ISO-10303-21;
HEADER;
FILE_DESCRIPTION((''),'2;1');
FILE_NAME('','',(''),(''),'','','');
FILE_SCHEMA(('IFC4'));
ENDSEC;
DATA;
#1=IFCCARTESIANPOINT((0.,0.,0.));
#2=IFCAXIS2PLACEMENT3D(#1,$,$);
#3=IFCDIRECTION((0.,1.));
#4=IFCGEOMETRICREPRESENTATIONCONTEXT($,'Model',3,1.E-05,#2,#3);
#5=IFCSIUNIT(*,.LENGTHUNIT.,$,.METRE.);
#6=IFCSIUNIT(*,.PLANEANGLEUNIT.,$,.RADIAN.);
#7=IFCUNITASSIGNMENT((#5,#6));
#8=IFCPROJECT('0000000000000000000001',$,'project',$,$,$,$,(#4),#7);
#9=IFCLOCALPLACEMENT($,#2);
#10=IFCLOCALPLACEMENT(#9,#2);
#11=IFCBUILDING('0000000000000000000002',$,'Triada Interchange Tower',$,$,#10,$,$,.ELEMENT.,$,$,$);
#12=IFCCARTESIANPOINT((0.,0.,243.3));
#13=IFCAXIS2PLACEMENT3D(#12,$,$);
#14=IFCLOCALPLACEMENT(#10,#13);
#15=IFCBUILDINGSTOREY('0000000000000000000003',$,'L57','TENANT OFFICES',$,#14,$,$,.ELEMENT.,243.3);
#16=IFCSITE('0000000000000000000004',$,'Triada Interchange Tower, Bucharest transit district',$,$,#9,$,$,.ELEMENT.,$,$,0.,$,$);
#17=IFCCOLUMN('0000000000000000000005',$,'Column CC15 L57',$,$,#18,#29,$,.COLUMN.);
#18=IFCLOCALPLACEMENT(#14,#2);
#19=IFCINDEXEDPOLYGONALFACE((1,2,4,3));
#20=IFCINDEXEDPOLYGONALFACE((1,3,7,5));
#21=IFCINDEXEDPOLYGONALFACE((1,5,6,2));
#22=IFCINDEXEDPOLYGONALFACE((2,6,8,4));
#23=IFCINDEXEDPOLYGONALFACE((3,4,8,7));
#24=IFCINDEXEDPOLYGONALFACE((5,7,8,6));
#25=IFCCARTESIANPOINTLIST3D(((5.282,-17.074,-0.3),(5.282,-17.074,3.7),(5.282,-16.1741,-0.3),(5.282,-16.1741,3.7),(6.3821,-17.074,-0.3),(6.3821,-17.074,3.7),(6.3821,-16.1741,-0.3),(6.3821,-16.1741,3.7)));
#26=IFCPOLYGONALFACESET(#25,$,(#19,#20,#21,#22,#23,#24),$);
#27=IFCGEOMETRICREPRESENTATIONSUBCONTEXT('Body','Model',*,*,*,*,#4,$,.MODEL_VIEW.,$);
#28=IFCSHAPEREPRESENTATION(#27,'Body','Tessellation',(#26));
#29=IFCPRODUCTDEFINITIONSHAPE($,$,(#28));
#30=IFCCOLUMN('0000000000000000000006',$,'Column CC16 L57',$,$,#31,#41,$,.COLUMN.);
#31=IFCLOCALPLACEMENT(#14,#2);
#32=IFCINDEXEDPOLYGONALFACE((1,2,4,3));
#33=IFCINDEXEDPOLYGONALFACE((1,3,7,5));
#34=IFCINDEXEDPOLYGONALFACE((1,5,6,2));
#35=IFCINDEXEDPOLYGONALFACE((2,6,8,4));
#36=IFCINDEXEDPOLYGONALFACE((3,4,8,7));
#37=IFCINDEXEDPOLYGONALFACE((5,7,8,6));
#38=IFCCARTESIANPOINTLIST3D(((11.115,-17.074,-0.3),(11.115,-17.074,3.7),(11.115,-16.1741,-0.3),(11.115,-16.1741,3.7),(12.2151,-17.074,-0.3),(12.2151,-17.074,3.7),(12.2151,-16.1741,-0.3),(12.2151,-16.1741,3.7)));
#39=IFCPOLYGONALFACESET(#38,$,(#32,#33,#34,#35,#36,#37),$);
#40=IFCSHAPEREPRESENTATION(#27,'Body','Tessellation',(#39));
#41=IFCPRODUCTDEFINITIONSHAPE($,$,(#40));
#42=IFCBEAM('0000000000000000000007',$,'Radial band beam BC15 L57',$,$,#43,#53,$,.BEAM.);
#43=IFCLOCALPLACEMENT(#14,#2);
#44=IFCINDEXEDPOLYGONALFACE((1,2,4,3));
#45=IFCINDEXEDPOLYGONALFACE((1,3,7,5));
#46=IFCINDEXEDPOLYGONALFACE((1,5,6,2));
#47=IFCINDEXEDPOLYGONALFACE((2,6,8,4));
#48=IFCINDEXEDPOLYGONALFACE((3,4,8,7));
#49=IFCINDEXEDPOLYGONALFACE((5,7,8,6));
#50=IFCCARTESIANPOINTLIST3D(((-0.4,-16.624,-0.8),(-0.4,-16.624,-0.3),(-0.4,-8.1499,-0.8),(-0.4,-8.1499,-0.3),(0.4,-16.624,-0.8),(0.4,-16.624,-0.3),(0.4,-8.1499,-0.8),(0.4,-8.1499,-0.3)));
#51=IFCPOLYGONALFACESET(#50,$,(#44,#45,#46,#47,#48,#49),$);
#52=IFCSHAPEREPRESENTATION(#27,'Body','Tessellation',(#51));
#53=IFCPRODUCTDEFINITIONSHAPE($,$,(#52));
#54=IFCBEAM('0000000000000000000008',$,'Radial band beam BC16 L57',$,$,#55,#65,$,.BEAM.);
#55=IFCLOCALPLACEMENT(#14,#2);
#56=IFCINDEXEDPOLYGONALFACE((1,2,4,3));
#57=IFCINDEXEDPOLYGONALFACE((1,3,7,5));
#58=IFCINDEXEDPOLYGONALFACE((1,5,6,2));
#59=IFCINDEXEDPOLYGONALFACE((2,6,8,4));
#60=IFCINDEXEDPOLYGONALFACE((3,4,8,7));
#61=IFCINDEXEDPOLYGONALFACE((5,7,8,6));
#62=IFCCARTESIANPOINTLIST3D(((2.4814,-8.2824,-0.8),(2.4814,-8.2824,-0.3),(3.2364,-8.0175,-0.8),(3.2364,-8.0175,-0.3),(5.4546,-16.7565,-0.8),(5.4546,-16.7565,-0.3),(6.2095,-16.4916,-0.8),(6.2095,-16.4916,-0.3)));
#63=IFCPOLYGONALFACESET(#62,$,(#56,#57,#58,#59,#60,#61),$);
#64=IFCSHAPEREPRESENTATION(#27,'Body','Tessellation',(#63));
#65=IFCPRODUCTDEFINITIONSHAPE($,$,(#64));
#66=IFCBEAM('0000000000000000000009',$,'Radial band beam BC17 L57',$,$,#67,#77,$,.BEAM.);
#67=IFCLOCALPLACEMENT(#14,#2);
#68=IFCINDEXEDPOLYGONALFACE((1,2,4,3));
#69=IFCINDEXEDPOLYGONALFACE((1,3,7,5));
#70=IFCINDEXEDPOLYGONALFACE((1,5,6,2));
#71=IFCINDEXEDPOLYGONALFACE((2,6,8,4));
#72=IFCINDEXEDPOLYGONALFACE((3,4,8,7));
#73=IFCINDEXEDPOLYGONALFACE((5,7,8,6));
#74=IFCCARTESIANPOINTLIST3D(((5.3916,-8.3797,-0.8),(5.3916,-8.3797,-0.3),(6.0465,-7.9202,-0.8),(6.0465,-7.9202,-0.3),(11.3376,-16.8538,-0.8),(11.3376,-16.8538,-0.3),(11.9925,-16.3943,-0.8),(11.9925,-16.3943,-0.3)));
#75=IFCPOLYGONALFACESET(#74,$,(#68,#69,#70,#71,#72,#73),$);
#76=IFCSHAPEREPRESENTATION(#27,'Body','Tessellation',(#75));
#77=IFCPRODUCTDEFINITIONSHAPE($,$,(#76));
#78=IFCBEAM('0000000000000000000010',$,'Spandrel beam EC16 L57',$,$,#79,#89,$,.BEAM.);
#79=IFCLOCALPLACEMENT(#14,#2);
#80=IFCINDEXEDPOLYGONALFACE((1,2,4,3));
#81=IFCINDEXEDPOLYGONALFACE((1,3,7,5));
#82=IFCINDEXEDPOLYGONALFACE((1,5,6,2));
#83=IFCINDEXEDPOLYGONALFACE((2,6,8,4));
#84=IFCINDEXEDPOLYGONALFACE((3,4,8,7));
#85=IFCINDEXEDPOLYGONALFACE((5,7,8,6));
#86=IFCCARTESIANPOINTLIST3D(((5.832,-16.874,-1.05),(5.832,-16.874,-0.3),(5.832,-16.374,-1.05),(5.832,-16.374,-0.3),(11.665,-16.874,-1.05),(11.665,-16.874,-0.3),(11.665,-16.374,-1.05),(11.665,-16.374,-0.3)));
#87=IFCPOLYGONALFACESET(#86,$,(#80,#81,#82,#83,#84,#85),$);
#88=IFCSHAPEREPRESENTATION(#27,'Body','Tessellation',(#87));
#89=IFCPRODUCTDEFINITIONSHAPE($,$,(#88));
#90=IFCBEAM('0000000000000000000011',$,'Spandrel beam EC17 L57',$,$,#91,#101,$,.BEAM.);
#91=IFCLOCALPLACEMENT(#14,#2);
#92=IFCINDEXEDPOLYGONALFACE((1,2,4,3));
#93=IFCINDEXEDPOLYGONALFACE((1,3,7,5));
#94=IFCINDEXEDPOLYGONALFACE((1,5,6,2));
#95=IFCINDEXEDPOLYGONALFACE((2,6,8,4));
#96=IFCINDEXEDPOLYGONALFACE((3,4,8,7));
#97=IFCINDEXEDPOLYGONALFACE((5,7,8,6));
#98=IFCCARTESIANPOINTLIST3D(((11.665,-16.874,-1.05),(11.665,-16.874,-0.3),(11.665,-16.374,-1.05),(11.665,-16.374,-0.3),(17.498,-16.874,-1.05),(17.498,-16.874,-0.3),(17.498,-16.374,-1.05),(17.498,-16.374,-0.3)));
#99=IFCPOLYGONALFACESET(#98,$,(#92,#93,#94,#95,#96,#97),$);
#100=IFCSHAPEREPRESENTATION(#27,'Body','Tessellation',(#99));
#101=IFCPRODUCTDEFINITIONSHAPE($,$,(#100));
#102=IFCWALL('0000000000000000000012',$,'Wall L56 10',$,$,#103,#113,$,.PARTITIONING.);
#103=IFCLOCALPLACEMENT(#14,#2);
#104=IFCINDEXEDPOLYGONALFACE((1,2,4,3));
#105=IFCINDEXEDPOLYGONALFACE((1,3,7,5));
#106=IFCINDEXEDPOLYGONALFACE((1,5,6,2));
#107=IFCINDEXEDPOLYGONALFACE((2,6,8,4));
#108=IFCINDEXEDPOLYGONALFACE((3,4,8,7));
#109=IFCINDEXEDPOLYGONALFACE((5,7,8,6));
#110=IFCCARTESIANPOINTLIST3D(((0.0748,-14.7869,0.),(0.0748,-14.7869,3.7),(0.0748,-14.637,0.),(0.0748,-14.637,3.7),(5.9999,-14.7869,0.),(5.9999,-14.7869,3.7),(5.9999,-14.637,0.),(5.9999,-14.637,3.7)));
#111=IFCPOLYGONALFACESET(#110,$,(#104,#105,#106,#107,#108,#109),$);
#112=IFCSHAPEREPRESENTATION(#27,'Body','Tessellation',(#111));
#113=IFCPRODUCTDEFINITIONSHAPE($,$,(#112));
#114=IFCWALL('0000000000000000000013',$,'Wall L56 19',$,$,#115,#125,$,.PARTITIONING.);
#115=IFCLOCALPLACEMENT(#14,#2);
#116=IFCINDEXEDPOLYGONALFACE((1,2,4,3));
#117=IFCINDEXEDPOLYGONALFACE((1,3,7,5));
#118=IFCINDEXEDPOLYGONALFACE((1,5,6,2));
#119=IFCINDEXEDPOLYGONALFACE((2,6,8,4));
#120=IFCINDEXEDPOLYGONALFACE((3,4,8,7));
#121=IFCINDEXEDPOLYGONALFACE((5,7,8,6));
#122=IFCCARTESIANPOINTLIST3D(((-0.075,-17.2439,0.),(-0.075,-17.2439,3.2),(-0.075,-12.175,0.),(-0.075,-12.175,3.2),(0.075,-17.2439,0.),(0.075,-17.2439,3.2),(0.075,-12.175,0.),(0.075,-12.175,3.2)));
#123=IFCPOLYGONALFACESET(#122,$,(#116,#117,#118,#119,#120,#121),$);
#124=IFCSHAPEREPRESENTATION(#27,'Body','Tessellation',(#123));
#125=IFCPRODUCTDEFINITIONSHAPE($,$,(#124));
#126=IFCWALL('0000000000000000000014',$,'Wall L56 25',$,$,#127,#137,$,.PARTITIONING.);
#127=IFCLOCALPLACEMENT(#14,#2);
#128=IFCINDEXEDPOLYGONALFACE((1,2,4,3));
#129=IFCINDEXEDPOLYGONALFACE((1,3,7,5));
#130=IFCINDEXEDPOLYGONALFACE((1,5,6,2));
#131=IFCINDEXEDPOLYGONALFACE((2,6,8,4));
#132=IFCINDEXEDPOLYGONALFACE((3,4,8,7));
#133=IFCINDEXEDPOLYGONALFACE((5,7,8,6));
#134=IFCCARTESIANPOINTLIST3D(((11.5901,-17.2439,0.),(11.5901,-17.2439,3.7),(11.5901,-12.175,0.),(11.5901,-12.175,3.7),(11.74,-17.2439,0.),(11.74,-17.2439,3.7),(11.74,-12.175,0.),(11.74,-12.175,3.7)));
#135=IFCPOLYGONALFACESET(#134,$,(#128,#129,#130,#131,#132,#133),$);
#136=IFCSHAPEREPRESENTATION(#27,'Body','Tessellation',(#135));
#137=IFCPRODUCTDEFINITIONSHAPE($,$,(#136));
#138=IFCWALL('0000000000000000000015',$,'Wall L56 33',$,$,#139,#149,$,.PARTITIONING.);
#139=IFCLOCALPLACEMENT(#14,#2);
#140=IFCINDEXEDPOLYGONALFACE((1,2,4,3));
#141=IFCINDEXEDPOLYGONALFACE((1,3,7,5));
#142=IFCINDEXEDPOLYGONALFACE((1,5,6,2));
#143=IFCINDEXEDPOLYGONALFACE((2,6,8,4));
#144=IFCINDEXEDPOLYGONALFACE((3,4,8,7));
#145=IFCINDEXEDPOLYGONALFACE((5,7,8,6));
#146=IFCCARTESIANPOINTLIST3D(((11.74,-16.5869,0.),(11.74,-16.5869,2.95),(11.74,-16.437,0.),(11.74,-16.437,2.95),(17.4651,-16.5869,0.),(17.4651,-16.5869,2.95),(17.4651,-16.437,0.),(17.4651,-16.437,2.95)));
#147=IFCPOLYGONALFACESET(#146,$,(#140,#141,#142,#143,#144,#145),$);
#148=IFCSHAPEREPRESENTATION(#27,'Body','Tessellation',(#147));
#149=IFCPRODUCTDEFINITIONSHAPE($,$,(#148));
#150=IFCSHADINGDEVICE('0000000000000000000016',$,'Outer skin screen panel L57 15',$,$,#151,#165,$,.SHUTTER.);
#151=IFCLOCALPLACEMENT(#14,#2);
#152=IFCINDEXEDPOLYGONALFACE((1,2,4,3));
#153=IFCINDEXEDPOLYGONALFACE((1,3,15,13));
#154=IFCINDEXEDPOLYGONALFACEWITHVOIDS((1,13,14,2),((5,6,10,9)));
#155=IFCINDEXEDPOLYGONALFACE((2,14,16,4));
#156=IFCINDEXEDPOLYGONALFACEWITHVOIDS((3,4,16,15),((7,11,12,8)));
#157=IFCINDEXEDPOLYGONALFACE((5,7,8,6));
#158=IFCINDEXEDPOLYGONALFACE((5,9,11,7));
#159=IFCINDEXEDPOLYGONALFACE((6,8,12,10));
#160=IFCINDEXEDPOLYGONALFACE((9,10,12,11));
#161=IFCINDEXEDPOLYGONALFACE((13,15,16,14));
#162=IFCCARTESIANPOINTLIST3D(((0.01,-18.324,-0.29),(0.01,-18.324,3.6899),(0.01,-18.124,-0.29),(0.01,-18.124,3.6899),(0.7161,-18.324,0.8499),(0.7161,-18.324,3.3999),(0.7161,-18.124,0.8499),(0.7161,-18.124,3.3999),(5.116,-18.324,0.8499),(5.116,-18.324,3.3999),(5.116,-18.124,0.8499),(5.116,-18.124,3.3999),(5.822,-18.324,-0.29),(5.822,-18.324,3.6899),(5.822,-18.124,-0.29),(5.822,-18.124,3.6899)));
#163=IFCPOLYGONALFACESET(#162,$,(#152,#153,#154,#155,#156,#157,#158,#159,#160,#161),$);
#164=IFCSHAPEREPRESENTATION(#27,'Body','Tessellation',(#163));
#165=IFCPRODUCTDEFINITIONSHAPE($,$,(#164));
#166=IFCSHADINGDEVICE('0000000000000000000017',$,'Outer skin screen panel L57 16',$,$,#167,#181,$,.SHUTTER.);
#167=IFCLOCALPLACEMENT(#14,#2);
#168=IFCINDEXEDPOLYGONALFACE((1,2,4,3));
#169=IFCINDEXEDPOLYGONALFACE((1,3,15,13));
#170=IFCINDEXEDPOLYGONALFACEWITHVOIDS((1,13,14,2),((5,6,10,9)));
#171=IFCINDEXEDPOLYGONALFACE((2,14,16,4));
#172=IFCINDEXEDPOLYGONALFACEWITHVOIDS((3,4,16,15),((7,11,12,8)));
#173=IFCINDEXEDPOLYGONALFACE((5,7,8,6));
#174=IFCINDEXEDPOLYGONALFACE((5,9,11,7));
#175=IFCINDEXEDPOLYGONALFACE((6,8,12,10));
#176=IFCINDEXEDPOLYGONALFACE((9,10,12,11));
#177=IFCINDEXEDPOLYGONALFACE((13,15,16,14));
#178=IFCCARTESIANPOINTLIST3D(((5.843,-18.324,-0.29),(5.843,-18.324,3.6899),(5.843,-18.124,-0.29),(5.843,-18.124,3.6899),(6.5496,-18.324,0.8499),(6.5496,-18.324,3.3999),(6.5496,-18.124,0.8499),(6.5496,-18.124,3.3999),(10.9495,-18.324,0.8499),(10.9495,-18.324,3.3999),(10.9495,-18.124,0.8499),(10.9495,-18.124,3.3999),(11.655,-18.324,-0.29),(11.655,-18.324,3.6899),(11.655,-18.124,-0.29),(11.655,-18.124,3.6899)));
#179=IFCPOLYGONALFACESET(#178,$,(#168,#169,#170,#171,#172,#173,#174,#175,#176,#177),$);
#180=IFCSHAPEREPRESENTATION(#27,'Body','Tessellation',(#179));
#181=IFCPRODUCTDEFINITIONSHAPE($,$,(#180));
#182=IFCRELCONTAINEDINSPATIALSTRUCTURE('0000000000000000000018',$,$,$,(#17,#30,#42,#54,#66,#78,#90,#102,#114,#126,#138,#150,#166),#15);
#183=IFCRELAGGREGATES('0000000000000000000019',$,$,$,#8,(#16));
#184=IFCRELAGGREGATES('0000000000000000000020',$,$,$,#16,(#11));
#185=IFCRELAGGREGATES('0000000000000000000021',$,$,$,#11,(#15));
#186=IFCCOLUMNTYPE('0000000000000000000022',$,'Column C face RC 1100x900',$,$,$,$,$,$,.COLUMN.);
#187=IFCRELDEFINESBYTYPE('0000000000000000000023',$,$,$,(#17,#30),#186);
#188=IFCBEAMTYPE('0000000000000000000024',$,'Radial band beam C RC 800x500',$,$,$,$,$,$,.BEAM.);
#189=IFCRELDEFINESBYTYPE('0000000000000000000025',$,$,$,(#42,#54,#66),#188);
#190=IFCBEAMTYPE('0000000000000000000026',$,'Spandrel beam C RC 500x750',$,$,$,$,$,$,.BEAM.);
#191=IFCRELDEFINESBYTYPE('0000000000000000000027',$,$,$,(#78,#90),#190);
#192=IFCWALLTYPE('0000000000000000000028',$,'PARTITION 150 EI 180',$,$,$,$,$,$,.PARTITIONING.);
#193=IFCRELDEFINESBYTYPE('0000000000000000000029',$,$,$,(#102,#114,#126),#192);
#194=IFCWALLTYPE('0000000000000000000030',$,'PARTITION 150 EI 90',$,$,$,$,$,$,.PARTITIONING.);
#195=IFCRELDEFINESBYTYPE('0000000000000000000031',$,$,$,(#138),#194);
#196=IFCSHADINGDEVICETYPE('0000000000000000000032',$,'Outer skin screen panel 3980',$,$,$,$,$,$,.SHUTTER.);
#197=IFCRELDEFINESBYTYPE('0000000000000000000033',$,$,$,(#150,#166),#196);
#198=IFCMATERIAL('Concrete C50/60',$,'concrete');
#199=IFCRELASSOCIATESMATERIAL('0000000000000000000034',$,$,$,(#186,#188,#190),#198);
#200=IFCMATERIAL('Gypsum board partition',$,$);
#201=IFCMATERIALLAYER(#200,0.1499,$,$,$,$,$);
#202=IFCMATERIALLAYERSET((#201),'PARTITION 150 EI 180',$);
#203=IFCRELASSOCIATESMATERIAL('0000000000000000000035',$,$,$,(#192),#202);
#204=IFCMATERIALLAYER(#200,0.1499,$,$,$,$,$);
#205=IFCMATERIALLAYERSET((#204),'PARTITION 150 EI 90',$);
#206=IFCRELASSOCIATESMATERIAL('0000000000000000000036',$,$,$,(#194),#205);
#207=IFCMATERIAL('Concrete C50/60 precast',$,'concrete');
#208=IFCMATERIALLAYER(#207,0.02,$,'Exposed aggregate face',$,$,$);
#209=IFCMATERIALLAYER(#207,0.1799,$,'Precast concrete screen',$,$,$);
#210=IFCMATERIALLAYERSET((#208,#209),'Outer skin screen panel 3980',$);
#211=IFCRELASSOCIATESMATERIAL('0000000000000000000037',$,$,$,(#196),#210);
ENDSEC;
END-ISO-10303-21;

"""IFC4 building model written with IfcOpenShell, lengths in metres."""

from ifc_helpers import new_model, si_unit, direction, frame, frame_2d, origin, origin_2d, place, context, subcontext, project, spatial, polyline, rectangle, outline, extrude, material, layer, layer_set, material_profile, profile_set, type_object, element, save


model = new_model("IFC4")

# Units and contexts
model_context = context("Model", 3, precision=1e-05, world=origin(), true_north=direction((0.0, 1.0)))
body_context = subcontext(model_context, "Body", "Model", "MODEL_VIEW")
ifc_project = project(units=[si_unit("LENGTHUNIT", "METRE"), si_unit("PLANEANGLEUNIT", "RADIAN")], contexts=[model_context])

# Site, building, storey
site_placement = place(None, origin())
site = spatial("IfcSite", under=ifc_project, at=site_placement, Name="Triada Interchange Tower, Bucharest transit district", CompositionType="ELEMENT", RefElevation=0.0)
building_placement = place(site_placement, origin())
building = spatial("IfcBuilding", under=site, at=building_placement, Name="Triada Interchange Tower", CompositionType="ELEMENT")
storey_placement = place(building_placement, frame((0.0, 0.0, 243.3)))
storey = spatial("IfcBuildingStorey", under=building, at=storey_placement, Name="L57", Description="TENANT OFFICES", CompositionType="ELEMENT", Elevation=243.3)

# Columns
ifc_material_1 = material(Name="Concrete C50/60", Category="concrete")
ifc_material_profile_1 = material_profile(ifc_material_1, rectangle(XDim=1.1001, YDim=0.8999, at=origin_2d()), Name="RC 1100x900")
ifc_profile_set_1 = profile_set([ifc_material_profile_1], Name="Concrete C50/60")
column_type = type_object("IfcColumnType", Name="Column C face RC 1100x900", PredefinedType="COLUMN", material=ifc_profile_set_1)
for number, where, z_axis, x_axis, name in (
    (1, (5.832, -16.624, -0.3), (0.0, 0.0, 1.0), (1.0, 0.0, 0.0), "Column CC15 L57"),
    (2, (11.665, -16.624, -0.3), (0.0, 0.0, 1.0), (1.0, 0.0, 0.0), "Column CC16 L57"),
):
    element("IfcColumn", number, at=place(storey_placement, frame(where, z_axis=z_axis, x_axis=x_axis)), inside=storey, type_object=column_type, Name=name, PredefinedType="COLUMN", context=body_context, shape_type="SweptSolid", body=[
        extrude(rectangle(XDim=1.1001, YDim=0.8999, at=origin_2d()), origin(), (0.0, 0.0, 1.0), 4.0),
    ])

# Beams
ifc_material_profile_2 = material_profile(ifc_material_1, rectangle(XDim=0.8, YDim=0.5, at=origin_2d()), Name="RC 800x500")
ifc_profile_set_2 = profile_set([ifc_material_profile_2], Name="Concrete C50/60")
beam_type_1 = type_object("IfcBeamType", Name="Radial band beam C RC 800x500", PredefinedType="BEAM", material=ifc_profile_set_2)
beam_1_placement = place(storey_placement, frame((0.0, -16.624, -0.55), z_axis=(0.0, 1.0, 0.0), x_axis=(-1.0, 0.0, 0.0)))
element("IfcBeam", 3, at=beam_1_placement, inside=storey, type_object=beam_type_1, Name="Radial band beam BC15 L57", PredefinedType="BEAM", context=body_context, shape_type="SweptSolid", body=[
    extrude(rectangle(XDim=0.8, YDim=0.5, at=origin_2d()), origin(), (0.0, 0.0, 1.0), 8.4741),
])
beam_2_placement = place(storey_placement, frame((5.832, -16.624, -0.55), z_axis=(-0.331065, 0.943608, 0.0), x_axis=(-0.943608, -0.331065, 0.0)))
element("IfcBeam", 4, at=beam_2_placement, inside=storey, type_object=beam_type_1, Name="Radial band beam BC16 L57", PredefinedType="BEAM", context=body_context, shape_type="SweptSolid", body=[
    extrude(rectangle(XDim=0.8, YDim=0.5, at=origin_2d()), origin(), (0.0, 0.0, 1.0), 8.9805),
])
beam_3_placement = place(storey_placement, frame((11.665, -16.624, -0.55), z_axis=(-0.57438, 0.818589, 0.0), x_axis=(-0.818589, -0.57438, 0.0)))
element("IfcBeam", 5, at=beam_3_placement, inside=storey, type_object=beam_type_1, Name="Radial band beam BC17 L57", PredefinedType="BEAM", context=body_context, shape_type="SweptSolid", body=[
    extrude(rectangle(XDim=0.8, YDim=0.5, at=origin_2d()), origin(), (0.0, 0.0, 1.0), 10.3521),
])
ifc_material_profile_3 = material_profile(ifc_material_1, rectangle(XDim=0.5, YDim=0.75, at=origin_2d()), Name="RC 500x750")
ifc_profile_set_3 = profile_set([ifc_material_profile_3], Name="Concrete C50/60")
beam_type_2 = type_object("IfcBeamType", Name="Spandrel beam C RC 500x750", PredefinedType="BEAM", material=ifc_profile_set_3)
for number, where, z_axis, x_axis, name in (
    (6, (5.832, -16.624, -0.675), (1.0, 0.0, 0.0), (0.0, 1.0, 0.0), "Spandrel beam EC16 L57"),
    (7, (11.665, -16.624, -0.675), (1.0, 0.0, 0.0), (0.0, 1.0, 0.0), "Spandrel beam EC17 L57"),
):
    element("IfcBeam", number, at=place(storey_placement, frame(where, z_axis=z_axis, x_axis=x_axis)), inside=storey, type_object=beam_type_2, Name=name, PredefinedType="BEAM", context=body_context, shape_type="SweptSolid", body=[
        extrude(rectangle(XDim=0.5, YDim=0.75, at=origin_2d()), origin(), (0.0, 0.0, 1.0), 5.833),
    ])

# Walls
ifc_material_2 = material(Name="Gypsum board partition")
ifc_layer_1 = layer(ifc_material_2, 0.1499)
ifc_layer_set_1 = layer_set([ifc_layer_1], Name="PARTITION 150 EI 180")
wall_type_1 = type_object("IfcWallType", Name="PARTITION 150 EI 180", PredefinedType="PARTITIONING", material=ifc_layer_set_1)
wall_1_placement = place(storey_placement, frame((0.075, -14.7119, 0.0), z_axis=(0.0, 0.0, 1.0), x_axis=(1.0, 0.0, 0.0)))
element("IfcWall", 8, at=wall_1_placement, inside=storey, type_object=wall_type_1, Name="Wall L56 10", PredefinedType="PARTITIONING", context=body_context, shape_type="SweptSolid", body=[
    extrude(rectangle(XDim=5.925, YDim=0.1499, at=frame_2d((2.9624, 0.0))), origin(), (0.0, 0.0, 1.0), 3.7),
])
wall_2_placement = place(storey_placement, frame((0.0, -17.2439, 0.0), z_axis=(0.0, 0.0, 1.0), x_axis=(0.0, 1.0, 0.0)))
element("IfcWall", 9, at=wall_2_placement, inside=storey, type_object=wall_type_1, Name="Wall L56 19", PredefinedType="PARTITIONING", context=body_context, shape_type="SweptSolid", body=[
    extrude(rectangle(XDim=5.0688, YDim=0.1499, at=frame_2d((2.5344, 0.0))), origin(), (0.0, 0.0, 1.0), 3.2),
])
wall_3_placement = place(storey_placement, frame((11.665, -17.2439, 0.0), z_axis=(0.0, 0.0, 1.0), x_axis=(0.0, 1.0, 0.0)))
element("IfcWall", 10, at=wall_3_placement, inside=storey, type_object=wall_type_1, Name="Wall L56 25", PredefinedType="PARTITIONING", context=body_context, shape_type="SweptSolid", body=[
    extrude(rectangle(XDim=5.0688, YDim=0.1499, at=frame_2d((2.5344, 0.0))), origin(), (0.0, 0.0, 1.0), 3.7),
])
ifc_layer_2 = layer(ifc_material_2, 0.1499)
ifc_layer_set_2 = layer_set([ifc_layer_2], Name="PARTITION 150 EI 90")
wall_type_2 = type_object("IfcWallType", Name="PARTITION 150 EI 90", PredefinedType="PARTITIONING", material=ifc_layer_set_2)
wall_4_placement = place(storey_placement, frame((11.74, -16.512, 0.0), z_axis=(0.0, 0.0, 1.0), x_axis=(1.0, 0.0, 0.0)))
element("IfcWall", 11, at=wall_4_placement, inside=storey, type_object=wall_type_2, Name="Wall L56 33", PredefinedType="PARTITIONING", context=body_context, shape_type="SweptSolid", body=[
    extrude(rectangle(XDim=5.7251, YDim=0.1499, at=frame_2d((2.8625, 0.0))), origin(), (0.0, 0.0, 1.0), 2.95),
])

# Shading devices
ifc_material_3 = material(Name="Concrete C50/60 precast", Category="concrete")
ifc_layer_3 = layer(ifc_material_3, 0.02, Name="Exposed aggregate face")
ifc_layer_4 = layer(ifc_material_3, 0.1799, Name="Precast concrete screen")
ifc_layer_set_3 = layer_set([ifc_layer_3, ifc_layer_4], Name="Outer skin screen panel 3980")
shading_device_type = type_object("IfcShadingDeviceType", Name="Outer skin screen panel 3980", PredefinedType="SHUTTER", material=ifc_layer_set_3)
shading_device_1_placement = place(storey_placement, frame((0.01, -18.124, -0.29), z_axis=(0.0, 0.0, 1.0), x_axis=(1.0, 0.0, 0.0)))
element("IfcShadingDevice", 12, at=shading_device_1_placement, inside=storey, type_object=shading_device_type, Name="Outer skin screen panel L57 15", PredefinedType="SHUTTER", context=body_context, shape_type="SweptSolid", body=[
    extrude(outline(polyline([(0.0, 0.0), (5.812, 0.0), (5.812, 3.98), (0.0, 3.98), (0.0, 0.0)]), holes=[polyline([(0.7061, 1.1399), (0.7061, 3.6899), (5.106, 3.6899), (5.106, 1.1399), (0.7061, 1.1399)])]), frame((0.0, 0.0, 0.0), z_axis=(0.0, -1.0, 0.0), x_axis=(1.0, 0.0, 0.0)), (0.0, 0.0, 1.0), 0.2),
])
shading_device_2_placement = place(storey_placement, frame((5.843, -18.124, -0.29), z_axis=(0.0, 0.0, 1.0), x_axis=(1.0, 0.0, 0.0)))
element("IfcShadingDevice", 13, at=shading_device_2_placement, inside=storey, type_object=shading_device_type, Name="Outer skin screen panel L57 16", PredefinedType="SHUTTER", context=body_context, shape_type="SweptSolid", body=[
    extrude(outline(polyline([(0.0, 0.0), (5.812, 0.0), (5.812, 3.98), (0.0, 3.98), (0.0, 0.0)]), holes=[polyline([(0.7065, 1.1399), (0.7065, 3.6899), (5.1064, 3.6899), (5.1064, 1.1399), (0.7065, 1.1399)])]), frame((0.0, 0.0, 0.0), z_axis=(0.0, -1.0, 0.0), x_axis=(1.0, 0.0, 0.0)), (0.0, 0.0, 1.0), 0.2),
])

save(model, "model.ifc")
